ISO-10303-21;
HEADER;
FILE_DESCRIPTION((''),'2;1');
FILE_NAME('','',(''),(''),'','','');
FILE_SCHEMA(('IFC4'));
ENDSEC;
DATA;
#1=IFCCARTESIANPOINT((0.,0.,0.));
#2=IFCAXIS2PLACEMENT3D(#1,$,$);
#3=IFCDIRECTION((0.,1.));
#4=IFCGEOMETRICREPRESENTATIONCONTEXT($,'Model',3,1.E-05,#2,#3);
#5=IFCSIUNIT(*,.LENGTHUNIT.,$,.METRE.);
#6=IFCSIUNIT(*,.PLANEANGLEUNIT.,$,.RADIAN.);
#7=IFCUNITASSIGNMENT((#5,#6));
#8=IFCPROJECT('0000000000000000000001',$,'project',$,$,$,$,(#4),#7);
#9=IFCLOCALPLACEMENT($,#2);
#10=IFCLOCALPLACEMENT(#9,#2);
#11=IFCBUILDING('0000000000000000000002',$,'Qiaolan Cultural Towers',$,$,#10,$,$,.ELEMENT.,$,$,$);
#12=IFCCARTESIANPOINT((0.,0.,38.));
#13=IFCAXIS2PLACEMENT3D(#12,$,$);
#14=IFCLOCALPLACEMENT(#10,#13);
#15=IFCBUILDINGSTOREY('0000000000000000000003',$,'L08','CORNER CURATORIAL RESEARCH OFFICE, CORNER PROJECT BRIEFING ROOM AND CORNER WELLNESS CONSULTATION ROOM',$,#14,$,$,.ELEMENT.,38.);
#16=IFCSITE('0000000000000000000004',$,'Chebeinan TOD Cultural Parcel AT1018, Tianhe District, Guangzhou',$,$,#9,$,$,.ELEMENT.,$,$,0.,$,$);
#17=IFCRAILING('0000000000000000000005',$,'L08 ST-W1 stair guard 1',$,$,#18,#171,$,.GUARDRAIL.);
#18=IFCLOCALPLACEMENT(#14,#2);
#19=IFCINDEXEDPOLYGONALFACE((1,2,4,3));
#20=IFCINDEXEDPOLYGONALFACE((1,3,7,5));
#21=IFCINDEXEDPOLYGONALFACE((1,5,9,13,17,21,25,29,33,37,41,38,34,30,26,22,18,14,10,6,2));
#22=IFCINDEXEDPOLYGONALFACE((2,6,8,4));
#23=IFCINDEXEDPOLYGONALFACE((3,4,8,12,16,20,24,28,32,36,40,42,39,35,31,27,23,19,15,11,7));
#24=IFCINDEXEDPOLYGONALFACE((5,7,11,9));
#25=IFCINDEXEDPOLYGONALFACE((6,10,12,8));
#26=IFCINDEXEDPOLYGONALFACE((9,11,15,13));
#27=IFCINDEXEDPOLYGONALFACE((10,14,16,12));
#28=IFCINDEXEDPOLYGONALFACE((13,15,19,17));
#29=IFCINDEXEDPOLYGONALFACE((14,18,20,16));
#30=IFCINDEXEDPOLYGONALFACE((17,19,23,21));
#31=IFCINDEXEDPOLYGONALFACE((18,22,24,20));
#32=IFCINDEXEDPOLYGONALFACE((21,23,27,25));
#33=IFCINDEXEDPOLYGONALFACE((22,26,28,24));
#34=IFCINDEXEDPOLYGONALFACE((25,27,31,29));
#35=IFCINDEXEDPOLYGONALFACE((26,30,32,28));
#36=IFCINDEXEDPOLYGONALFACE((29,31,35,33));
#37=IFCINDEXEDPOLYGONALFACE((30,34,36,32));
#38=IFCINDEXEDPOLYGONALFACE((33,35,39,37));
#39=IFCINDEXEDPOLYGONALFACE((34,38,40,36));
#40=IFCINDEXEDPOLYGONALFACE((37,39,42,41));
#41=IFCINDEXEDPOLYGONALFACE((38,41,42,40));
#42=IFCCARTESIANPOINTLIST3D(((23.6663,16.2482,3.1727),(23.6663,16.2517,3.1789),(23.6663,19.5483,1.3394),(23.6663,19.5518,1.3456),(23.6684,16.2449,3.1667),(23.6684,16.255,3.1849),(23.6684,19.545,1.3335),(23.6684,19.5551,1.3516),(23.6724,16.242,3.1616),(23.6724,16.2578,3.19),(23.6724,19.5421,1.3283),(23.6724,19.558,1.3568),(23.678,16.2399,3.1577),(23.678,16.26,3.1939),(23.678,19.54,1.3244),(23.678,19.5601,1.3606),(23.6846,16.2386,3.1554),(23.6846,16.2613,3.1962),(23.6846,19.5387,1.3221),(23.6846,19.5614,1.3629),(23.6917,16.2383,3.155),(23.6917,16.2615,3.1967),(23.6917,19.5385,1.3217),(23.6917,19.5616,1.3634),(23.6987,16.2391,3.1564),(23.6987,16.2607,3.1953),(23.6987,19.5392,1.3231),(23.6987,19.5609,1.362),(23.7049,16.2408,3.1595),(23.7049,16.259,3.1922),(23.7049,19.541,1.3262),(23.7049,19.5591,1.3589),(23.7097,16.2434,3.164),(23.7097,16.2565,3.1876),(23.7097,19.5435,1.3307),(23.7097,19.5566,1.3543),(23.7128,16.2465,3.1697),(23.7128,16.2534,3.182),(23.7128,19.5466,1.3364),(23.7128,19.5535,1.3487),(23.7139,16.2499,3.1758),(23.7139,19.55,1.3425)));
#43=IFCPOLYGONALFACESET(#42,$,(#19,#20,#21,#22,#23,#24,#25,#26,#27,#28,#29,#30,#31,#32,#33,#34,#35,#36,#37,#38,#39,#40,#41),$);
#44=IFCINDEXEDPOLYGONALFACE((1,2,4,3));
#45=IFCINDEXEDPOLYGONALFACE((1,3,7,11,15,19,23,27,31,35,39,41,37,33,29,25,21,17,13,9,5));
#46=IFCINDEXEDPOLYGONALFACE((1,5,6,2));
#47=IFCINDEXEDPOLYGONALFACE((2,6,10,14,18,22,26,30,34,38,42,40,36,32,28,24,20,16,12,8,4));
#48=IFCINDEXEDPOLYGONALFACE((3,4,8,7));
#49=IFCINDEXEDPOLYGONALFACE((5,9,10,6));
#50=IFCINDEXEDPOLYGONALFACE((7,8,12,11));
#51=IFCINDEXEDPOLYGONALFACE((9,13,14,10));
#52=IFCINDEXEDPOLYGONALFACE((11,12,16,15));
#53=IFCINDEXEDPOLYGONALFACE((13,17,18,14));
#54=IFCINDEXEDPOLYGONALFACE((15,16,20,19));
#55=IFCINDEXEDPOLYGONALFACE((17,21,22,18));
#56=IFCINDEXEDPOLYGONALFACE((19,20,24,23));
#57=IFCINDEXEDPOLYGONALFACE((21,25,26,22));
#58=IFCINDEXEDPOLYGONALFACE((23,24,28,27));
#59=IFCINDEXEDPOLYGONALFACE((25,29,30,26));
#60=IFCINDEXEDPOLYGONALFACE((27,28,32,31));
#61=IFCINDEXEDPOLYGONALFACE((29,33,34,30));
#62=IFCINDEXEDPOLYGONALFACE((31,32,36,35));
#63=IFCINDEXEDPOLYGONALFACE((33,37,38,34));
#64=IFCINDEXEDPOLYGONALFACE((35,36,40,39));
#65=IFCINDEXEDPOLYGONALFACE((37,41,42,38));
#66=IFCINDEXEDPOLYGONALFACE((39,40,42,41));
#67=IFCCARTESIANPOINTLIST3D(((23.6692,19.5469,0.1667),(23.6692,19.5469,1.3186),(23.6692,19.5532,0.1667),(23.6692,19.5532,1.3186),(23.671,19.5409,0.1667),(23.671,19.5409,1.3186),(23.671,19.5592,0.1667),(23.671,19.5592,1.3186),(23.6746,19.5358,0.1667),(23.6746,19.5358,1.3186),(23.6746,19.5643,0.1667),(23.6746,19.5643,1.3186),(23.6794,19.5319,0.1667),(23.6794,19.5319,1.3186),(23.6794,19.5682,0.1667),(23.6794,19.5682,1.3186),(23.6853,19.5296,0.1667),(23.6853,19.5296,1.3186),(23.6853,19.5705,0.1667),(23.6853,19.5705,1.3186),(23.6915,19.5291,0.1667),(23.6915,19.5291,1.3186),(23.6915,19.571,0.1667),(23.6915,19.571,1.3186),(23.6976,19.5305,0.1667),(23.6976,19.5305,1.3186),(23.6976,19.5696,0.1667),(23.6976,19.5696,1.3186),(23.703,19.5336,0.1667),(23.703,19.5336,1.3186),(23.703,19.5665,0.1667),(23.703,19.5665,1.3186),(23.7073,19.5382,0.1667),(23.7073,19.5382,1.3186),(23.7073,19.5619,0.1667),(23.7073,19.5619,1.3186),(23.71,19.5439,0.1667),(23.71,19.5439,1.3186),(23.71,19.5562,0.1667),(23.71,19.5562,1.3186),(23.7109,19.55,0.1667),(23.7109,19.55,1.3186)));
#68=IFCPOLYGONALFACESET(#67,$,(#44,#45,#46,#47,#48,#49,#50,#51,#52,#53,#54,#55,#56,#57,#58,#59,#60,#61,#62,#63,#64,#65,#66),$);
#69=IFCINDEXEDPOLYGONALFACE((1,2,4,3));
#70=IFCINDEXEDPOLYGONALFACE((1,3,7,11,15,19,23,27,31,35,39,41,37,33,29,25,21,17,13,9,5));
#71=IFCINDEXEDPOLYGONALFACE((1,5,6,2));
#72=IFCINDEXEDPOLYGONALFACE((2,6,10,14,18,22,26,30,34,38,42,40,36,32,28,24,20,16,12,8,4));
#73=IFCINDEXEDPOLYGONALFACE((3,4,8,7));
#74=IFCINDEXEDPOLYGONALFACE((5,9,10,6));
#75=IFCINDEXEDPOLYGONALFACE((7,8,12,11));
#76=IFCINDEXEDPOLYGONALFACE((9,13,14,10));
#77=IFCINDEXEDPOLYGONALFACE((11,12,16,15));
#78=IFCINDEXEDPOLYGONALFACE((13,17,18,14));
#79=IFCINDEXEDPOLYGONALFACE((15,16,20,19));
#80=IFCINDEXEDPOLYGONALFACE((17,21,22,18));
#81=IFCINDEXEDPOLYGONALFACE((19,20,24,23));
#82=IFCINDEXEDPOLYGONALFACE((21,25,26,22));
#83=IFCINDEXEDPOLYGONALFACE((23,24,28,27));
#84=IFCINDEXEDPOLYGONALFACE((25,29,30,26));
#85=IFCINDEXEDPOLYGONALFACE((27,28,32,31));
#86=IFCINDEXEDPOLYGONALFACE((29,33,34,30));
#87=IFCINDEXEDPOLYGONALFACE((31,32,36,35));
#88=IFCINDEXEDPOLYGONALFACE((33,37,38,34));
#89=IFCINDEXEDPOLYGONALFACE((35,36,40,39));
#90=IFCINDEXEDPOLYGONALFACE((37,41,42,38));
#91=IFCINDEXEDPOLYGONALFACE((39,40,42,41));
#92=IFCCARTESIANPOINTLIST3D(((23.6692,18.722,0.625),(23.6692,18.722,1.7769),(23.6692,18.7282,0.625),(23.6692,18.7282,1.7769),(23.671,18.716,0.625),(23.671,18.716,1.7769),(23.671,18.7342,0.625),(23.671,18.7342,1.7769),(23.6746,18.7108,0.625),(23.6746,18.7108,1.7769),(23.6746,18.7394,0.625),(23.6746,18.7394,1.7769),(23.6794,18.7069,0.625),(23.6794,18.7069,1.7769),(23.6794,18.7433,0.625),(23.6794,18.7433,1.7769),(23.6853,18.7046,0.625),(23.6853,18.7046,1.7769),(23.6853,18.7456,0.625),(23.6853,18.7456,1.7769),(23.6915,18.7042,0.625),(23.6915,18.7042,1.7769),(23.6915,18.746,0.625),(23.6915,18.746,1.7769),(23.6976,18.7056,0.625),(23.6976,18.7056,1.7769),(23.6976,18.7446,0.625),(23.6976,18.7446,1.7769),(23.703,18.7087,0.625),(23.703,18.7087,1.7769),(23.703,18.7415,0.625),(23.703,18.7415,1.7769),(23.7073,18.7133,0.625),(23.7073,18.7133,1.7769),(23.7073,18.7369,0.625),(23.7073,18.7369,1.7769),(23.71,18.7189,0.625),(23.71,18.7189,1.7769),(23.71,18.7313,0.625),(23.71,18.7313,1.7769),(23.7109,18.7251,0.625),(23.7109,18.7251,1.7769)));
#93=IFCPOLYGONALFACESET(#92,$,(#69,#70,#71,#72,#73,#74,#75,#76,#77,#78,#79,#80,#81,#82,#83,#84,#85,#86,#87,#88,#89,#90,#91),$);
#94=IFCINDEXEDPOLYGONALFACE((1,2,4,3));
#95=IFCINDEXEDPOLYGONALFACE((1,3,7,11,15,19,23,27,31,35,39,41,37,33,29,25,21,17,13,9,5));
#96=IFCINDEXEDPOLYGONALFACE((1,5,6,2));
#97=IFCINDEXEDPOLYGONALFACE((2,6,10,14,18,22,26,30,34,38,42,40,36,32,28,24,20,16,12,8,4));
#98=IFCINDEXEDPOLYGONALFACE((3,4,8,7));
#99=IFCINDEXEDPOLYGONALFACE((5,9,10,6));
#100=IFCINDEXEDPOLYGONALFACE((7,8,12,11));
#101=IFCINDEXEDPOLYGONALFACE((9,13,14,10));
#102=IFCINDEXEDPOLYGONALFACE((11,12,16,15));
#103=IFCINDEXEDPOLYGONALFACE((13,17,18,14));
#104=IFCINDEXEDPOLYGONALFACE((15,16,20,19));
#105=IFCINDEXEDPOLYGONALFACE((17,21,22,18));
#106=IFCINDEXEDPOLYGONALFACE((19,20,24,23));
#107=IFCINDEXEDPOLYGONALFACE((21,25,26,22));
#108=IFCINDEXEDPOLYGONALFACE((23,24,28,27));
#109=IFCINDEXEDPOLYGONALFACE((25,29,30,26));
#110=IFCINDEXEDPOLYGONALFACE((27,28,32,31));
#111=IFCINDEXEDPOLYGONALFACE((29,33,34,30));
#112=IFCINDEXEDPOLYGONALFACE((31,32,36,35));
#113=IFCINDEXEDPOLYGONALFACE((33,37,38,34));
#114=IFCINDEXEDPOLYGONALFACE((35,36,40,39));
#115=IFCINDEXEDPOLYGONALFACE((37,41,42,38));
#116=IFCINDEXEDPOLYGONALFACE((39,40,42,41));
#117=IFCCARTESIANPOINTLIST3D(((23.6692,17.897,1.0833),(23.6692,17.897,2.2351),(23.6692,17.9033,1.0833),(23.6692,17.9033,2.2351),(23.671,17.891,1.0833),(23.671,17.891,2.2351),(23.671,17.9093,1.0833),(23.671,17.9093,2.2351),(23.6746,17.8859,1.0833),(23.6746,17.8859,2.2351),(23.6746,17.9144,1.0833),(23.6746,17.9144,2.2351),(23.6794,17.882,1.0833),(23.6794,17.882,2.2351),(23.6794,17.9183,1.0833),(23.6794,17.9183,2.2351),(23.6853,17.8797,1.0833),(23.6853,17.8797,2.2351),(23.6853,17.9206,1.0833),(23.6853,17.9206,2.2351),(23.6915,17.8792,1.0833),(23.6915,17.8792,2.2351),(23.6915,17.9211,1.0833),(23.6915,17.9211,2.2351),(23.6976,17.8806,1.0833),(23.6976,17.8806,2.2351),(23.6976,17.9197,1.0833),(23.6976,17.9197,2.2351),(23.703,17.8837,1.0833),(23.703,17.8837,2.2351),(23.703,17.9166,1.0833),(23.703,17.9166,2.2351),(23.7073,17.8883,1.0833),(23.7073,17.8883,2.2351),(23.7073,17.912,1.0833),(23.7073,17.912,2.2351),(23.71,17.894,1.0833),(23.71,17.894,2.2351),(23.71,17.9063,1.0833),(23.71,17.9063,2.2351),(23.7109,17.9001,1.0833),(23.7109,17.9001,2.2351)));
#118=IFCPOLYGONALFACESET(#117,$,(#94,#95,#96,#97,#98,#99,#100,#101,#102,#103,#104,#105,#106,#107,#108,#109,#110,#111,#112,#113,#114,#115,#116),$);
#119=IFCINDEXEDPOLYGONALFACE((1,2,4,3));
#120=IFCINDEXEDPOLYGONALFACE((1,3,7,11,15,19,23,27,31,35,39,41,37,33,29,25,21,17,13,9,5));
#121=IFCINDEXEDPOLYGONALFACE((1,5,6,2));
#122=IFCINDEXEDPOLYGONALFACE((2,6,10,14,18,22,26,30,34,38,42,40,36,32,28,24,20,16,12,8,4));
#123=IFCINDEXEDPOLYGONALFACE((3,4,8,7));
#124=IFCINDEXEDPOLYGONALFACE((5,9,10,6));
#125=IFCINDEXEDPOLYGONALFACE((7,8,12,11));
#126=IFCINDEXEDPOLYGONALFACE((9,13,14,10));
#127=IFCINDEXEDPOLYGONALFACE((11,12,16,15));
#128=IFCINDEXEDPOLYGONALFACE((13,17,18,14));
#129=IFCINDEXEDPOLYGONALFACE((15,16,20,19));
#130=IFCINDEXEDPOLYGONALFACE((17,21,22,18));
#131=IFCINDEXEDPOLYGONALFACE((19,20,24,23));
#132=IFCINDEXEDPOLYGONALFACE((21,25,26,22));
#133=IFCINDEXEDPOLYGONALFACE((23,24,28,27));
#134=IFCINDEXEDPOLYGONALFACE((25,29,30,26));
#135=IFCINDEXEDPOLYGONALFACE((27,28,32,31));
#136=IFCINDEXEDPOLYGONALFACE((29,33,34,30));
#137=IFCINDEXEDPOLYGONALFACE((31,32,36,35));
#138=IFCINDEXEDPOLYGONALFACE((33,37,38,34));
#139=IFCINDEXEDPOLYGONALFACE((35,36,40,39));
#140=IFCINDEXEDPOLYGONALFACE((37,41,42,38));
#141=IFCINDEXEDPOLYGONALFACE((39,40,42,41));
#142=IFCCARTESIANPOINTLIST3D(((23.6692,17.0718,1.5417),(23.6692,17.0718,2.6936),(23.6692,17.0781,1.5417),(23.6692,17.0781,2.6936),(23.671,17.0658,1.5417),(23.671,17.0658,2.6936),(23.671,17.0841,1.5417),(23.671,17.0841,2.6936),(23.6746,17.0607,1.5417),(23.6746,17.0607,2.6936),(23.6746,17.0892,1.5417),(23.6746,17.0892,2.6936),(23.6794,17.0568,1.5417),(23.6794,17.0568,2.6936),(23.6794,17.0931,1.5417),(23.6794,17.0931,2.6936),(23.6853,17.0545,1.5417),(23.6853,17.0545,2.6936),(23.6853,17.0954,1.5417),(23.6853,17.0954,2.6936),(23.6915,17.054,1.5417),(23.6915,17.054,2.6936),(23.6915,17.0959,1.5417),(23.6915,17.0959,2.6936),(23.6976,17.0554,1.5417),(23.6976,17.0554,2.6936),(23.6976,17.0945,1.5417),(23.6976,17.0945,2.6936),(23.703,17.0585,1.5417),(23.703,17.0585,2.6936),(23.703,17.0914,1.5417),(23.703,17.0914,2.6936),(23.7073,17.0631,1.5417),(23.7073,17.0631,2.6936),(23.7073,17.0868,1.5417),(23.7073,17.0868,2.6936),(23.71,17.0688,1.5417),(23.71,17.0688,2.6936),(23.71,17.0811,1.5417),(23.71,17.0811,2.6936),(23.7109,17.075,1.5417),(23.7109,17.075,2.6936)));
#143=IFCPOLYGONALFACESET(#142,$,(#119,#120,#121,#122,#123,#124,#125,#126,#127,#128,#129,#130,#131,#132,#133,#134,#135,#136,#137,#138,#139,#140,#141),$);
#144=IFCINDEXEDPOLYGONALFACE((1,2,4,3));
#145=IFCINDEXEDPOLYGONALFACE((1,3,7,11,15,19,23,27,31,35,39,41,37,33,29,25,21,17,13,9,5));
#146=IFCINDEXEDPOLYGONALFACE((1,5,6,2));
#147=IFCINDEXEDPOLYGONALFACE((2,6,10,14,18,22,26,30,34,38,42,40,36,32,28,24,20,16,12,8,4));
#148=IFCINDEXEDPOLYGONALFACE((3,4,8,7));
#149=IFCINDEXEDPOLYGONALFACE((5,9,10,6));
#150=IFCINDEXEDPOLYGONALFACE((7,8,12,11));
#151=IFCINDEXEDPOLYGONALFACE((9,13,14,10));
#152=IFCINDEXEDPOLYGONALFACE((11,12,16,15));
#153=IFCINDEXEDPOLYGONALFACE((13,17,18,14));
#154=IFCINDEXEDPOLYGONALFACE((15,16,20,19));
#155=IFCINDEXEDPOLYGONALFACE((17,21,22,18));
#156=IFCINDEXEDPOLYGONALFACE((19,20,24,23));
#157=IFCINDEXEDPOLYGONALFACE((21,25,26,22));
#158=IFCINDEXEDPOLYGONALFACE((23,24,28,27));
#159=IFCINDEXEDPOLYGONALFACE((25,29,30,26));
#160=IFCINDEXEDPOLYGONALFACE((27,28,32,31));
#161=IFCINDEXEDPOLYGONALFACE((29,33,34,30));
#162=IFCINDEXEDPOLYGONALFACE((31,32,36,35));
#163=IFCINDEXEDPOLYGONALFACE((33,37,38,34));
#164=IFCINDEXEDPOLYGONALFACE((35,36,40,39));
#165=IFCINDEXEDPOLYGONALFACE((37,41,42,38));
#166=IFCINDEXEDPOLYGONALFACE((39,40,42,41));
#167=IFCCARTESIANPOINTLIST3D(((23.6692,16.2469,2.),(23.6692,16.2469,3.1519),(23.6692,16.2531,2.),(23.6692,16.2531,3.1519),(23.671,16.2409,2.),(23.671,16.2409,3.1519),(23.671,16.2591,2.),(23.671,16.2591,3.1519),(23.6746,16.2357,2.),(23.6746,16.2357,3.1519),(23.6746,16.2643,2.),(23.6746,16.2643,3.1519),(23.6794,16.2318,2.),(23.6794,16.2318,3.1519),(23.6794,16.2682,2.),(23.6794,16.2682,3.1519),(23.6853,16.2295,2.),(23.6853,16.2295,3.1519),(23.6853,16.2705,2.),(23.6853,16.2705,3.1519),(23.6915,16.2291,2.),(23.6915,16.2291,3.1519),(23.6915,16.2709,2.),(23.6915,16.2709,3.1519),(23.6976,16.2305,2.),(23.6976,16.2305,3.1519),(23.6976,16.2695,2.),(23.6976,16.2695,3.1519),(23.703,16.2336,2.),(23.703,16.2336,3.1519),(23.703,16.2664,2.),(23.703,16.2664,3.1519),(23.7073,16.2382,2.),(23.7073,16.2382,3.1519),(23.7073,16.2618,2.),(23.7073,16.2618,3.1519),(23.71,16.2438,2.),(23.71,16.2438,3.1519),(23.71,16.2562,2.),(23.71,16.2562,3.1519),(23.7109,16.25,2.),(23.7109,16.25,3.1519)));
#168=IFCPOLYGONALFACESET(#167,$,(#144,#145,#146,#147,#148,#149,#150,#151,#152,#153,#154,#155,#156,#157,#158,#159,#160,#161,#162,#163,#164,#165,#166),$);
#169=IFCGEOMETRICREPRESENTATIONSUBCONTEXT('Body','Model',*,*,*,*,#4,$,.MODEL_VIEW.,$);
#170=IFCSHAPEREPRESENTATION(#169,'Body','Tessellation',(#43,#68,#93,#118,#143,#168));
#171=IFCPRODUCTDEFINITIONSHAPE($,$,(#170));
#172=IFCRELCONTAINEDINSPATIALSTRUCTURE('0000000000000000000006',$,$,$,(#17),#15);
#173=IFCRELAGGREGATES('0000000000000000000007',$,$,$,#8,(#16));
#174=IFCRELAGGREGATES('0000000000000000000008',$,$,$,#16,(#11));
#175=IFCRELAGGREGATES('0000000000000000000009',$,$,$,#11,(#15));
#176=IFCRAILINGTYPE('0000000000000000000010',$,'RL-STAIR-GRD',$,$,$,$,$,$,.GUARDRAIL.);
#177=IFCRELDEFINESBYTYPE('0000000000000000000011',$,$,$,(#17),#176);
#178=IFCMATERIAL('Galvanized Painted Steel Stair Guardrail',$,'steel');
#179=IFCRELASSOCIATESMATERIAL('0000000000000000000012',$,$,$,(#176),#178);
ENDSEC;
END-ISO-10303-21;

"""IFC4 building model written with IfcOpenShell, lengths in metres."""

from ifc_helpers import new_model, si_unit, direction, frame, origin, origin_2d, place, context, subcontext, project, spatial, circle, extrude, material, type_object, element, save


model = new_model("IFC4")

# Units and contexts
model_context = context("Model", 3, precision=1e-05, world=origin(), true_north=direction((0.0, 1.0)))
body_context = subcontext(model_context, "Body", "Model", "MODEL_VIEW")
ifc_project = project(units=[si_unit("LENGTHUNIT", "METRE"), si_unit("PLANEANGLEUNIT", "RADIAN")], contexts=[model_context])

# Site, building, storey
site_placement = place(None, origin())
site = spatial("IfcSite", under=ifc_project, at=site_placement, Name="Chebeinan TOD Cultural Parcel AT1018, Tianhe District, Guangzhou", CompositionType="ELEMENT", RefElevation=0.0)
building_placement = place(site_placement, origin())
building = spatial("IfcBuilding", under=site, at=building_placement, Name="Qiaolan Cultural Towers", CompositionType="ELEMENT")
storey_placement = place(building_placement, frame((0.0, 0.0, 38.0)))
storey = spatial("IfcBuildingStorey", under=building, at=storey_placement, Name="L08", Description="CORNER CURATORIAL RESEARCH OFFICE, CORNER PROJECT BRIEFING ROOM AND CORNER WELLNESS CONSULTATION ROOM", CompositionType="ELEMENT", Elevation=38.0)

# Railing
ifc_material_1 = material(Name="Galvanized Painted Steel Stair Guardrail", Category="steel")
railing_type_1 = type_object("IfcRailingType", Name="RL-STAIR-GRD", PredefinedType="GUARDRAIL", material=ifc_material_1)
railing_1_placement = place(storey_placement, frame((23.6899, 19.55, 0.1667)))
element("IfcRailing", 1, at=railing_1_placement, inside=storey, type_object=railing_type_1, Name="L08 ST-W1 stair guard 1", PredefinedType="GUARDRAIL", context=body_context, shape_type="SweptSolid", body=[
    extrude(circle(Radius=0.0239, at=origin_2d()), frame((0.0, 0.0, 1.1758), z_axis=(0.0, -0.874169, 0.485621), x_axis=(1.0, 0.0, 0.0)), (0.0, 0.0, 1.0), 3.7751),
    extrude(circle(Radius=0.021, at=origin_2d()), origin(), (0.0, 0.0, 1.0), 1.1519),
    extrude(circle(Radius=0.021, at=origin_2d()), frame((0.0, -0.825, 0.4583)), (0.0, 0.0, 1.0), 1.1519),
    extrude(circle(Radius=0.021, at=origin_2d()), frame((0.0, -1.6499, 0.9165)), (0.0, 0.0, 1.0), 1.1519),
    extrude(circle(Radius=0.021, at=origin_2d()), frame((0.0, -2.4751, 1.375)), (0.0, 0.0, 1.0), 1.1519),
    extrude(circle(Radius=0.021, at=origin_2d()), frame((0.0, -3.3, 1.8333)), (0.0, 0.0, 1.0), 1.1519),
])

save(model, "model.ifc")
